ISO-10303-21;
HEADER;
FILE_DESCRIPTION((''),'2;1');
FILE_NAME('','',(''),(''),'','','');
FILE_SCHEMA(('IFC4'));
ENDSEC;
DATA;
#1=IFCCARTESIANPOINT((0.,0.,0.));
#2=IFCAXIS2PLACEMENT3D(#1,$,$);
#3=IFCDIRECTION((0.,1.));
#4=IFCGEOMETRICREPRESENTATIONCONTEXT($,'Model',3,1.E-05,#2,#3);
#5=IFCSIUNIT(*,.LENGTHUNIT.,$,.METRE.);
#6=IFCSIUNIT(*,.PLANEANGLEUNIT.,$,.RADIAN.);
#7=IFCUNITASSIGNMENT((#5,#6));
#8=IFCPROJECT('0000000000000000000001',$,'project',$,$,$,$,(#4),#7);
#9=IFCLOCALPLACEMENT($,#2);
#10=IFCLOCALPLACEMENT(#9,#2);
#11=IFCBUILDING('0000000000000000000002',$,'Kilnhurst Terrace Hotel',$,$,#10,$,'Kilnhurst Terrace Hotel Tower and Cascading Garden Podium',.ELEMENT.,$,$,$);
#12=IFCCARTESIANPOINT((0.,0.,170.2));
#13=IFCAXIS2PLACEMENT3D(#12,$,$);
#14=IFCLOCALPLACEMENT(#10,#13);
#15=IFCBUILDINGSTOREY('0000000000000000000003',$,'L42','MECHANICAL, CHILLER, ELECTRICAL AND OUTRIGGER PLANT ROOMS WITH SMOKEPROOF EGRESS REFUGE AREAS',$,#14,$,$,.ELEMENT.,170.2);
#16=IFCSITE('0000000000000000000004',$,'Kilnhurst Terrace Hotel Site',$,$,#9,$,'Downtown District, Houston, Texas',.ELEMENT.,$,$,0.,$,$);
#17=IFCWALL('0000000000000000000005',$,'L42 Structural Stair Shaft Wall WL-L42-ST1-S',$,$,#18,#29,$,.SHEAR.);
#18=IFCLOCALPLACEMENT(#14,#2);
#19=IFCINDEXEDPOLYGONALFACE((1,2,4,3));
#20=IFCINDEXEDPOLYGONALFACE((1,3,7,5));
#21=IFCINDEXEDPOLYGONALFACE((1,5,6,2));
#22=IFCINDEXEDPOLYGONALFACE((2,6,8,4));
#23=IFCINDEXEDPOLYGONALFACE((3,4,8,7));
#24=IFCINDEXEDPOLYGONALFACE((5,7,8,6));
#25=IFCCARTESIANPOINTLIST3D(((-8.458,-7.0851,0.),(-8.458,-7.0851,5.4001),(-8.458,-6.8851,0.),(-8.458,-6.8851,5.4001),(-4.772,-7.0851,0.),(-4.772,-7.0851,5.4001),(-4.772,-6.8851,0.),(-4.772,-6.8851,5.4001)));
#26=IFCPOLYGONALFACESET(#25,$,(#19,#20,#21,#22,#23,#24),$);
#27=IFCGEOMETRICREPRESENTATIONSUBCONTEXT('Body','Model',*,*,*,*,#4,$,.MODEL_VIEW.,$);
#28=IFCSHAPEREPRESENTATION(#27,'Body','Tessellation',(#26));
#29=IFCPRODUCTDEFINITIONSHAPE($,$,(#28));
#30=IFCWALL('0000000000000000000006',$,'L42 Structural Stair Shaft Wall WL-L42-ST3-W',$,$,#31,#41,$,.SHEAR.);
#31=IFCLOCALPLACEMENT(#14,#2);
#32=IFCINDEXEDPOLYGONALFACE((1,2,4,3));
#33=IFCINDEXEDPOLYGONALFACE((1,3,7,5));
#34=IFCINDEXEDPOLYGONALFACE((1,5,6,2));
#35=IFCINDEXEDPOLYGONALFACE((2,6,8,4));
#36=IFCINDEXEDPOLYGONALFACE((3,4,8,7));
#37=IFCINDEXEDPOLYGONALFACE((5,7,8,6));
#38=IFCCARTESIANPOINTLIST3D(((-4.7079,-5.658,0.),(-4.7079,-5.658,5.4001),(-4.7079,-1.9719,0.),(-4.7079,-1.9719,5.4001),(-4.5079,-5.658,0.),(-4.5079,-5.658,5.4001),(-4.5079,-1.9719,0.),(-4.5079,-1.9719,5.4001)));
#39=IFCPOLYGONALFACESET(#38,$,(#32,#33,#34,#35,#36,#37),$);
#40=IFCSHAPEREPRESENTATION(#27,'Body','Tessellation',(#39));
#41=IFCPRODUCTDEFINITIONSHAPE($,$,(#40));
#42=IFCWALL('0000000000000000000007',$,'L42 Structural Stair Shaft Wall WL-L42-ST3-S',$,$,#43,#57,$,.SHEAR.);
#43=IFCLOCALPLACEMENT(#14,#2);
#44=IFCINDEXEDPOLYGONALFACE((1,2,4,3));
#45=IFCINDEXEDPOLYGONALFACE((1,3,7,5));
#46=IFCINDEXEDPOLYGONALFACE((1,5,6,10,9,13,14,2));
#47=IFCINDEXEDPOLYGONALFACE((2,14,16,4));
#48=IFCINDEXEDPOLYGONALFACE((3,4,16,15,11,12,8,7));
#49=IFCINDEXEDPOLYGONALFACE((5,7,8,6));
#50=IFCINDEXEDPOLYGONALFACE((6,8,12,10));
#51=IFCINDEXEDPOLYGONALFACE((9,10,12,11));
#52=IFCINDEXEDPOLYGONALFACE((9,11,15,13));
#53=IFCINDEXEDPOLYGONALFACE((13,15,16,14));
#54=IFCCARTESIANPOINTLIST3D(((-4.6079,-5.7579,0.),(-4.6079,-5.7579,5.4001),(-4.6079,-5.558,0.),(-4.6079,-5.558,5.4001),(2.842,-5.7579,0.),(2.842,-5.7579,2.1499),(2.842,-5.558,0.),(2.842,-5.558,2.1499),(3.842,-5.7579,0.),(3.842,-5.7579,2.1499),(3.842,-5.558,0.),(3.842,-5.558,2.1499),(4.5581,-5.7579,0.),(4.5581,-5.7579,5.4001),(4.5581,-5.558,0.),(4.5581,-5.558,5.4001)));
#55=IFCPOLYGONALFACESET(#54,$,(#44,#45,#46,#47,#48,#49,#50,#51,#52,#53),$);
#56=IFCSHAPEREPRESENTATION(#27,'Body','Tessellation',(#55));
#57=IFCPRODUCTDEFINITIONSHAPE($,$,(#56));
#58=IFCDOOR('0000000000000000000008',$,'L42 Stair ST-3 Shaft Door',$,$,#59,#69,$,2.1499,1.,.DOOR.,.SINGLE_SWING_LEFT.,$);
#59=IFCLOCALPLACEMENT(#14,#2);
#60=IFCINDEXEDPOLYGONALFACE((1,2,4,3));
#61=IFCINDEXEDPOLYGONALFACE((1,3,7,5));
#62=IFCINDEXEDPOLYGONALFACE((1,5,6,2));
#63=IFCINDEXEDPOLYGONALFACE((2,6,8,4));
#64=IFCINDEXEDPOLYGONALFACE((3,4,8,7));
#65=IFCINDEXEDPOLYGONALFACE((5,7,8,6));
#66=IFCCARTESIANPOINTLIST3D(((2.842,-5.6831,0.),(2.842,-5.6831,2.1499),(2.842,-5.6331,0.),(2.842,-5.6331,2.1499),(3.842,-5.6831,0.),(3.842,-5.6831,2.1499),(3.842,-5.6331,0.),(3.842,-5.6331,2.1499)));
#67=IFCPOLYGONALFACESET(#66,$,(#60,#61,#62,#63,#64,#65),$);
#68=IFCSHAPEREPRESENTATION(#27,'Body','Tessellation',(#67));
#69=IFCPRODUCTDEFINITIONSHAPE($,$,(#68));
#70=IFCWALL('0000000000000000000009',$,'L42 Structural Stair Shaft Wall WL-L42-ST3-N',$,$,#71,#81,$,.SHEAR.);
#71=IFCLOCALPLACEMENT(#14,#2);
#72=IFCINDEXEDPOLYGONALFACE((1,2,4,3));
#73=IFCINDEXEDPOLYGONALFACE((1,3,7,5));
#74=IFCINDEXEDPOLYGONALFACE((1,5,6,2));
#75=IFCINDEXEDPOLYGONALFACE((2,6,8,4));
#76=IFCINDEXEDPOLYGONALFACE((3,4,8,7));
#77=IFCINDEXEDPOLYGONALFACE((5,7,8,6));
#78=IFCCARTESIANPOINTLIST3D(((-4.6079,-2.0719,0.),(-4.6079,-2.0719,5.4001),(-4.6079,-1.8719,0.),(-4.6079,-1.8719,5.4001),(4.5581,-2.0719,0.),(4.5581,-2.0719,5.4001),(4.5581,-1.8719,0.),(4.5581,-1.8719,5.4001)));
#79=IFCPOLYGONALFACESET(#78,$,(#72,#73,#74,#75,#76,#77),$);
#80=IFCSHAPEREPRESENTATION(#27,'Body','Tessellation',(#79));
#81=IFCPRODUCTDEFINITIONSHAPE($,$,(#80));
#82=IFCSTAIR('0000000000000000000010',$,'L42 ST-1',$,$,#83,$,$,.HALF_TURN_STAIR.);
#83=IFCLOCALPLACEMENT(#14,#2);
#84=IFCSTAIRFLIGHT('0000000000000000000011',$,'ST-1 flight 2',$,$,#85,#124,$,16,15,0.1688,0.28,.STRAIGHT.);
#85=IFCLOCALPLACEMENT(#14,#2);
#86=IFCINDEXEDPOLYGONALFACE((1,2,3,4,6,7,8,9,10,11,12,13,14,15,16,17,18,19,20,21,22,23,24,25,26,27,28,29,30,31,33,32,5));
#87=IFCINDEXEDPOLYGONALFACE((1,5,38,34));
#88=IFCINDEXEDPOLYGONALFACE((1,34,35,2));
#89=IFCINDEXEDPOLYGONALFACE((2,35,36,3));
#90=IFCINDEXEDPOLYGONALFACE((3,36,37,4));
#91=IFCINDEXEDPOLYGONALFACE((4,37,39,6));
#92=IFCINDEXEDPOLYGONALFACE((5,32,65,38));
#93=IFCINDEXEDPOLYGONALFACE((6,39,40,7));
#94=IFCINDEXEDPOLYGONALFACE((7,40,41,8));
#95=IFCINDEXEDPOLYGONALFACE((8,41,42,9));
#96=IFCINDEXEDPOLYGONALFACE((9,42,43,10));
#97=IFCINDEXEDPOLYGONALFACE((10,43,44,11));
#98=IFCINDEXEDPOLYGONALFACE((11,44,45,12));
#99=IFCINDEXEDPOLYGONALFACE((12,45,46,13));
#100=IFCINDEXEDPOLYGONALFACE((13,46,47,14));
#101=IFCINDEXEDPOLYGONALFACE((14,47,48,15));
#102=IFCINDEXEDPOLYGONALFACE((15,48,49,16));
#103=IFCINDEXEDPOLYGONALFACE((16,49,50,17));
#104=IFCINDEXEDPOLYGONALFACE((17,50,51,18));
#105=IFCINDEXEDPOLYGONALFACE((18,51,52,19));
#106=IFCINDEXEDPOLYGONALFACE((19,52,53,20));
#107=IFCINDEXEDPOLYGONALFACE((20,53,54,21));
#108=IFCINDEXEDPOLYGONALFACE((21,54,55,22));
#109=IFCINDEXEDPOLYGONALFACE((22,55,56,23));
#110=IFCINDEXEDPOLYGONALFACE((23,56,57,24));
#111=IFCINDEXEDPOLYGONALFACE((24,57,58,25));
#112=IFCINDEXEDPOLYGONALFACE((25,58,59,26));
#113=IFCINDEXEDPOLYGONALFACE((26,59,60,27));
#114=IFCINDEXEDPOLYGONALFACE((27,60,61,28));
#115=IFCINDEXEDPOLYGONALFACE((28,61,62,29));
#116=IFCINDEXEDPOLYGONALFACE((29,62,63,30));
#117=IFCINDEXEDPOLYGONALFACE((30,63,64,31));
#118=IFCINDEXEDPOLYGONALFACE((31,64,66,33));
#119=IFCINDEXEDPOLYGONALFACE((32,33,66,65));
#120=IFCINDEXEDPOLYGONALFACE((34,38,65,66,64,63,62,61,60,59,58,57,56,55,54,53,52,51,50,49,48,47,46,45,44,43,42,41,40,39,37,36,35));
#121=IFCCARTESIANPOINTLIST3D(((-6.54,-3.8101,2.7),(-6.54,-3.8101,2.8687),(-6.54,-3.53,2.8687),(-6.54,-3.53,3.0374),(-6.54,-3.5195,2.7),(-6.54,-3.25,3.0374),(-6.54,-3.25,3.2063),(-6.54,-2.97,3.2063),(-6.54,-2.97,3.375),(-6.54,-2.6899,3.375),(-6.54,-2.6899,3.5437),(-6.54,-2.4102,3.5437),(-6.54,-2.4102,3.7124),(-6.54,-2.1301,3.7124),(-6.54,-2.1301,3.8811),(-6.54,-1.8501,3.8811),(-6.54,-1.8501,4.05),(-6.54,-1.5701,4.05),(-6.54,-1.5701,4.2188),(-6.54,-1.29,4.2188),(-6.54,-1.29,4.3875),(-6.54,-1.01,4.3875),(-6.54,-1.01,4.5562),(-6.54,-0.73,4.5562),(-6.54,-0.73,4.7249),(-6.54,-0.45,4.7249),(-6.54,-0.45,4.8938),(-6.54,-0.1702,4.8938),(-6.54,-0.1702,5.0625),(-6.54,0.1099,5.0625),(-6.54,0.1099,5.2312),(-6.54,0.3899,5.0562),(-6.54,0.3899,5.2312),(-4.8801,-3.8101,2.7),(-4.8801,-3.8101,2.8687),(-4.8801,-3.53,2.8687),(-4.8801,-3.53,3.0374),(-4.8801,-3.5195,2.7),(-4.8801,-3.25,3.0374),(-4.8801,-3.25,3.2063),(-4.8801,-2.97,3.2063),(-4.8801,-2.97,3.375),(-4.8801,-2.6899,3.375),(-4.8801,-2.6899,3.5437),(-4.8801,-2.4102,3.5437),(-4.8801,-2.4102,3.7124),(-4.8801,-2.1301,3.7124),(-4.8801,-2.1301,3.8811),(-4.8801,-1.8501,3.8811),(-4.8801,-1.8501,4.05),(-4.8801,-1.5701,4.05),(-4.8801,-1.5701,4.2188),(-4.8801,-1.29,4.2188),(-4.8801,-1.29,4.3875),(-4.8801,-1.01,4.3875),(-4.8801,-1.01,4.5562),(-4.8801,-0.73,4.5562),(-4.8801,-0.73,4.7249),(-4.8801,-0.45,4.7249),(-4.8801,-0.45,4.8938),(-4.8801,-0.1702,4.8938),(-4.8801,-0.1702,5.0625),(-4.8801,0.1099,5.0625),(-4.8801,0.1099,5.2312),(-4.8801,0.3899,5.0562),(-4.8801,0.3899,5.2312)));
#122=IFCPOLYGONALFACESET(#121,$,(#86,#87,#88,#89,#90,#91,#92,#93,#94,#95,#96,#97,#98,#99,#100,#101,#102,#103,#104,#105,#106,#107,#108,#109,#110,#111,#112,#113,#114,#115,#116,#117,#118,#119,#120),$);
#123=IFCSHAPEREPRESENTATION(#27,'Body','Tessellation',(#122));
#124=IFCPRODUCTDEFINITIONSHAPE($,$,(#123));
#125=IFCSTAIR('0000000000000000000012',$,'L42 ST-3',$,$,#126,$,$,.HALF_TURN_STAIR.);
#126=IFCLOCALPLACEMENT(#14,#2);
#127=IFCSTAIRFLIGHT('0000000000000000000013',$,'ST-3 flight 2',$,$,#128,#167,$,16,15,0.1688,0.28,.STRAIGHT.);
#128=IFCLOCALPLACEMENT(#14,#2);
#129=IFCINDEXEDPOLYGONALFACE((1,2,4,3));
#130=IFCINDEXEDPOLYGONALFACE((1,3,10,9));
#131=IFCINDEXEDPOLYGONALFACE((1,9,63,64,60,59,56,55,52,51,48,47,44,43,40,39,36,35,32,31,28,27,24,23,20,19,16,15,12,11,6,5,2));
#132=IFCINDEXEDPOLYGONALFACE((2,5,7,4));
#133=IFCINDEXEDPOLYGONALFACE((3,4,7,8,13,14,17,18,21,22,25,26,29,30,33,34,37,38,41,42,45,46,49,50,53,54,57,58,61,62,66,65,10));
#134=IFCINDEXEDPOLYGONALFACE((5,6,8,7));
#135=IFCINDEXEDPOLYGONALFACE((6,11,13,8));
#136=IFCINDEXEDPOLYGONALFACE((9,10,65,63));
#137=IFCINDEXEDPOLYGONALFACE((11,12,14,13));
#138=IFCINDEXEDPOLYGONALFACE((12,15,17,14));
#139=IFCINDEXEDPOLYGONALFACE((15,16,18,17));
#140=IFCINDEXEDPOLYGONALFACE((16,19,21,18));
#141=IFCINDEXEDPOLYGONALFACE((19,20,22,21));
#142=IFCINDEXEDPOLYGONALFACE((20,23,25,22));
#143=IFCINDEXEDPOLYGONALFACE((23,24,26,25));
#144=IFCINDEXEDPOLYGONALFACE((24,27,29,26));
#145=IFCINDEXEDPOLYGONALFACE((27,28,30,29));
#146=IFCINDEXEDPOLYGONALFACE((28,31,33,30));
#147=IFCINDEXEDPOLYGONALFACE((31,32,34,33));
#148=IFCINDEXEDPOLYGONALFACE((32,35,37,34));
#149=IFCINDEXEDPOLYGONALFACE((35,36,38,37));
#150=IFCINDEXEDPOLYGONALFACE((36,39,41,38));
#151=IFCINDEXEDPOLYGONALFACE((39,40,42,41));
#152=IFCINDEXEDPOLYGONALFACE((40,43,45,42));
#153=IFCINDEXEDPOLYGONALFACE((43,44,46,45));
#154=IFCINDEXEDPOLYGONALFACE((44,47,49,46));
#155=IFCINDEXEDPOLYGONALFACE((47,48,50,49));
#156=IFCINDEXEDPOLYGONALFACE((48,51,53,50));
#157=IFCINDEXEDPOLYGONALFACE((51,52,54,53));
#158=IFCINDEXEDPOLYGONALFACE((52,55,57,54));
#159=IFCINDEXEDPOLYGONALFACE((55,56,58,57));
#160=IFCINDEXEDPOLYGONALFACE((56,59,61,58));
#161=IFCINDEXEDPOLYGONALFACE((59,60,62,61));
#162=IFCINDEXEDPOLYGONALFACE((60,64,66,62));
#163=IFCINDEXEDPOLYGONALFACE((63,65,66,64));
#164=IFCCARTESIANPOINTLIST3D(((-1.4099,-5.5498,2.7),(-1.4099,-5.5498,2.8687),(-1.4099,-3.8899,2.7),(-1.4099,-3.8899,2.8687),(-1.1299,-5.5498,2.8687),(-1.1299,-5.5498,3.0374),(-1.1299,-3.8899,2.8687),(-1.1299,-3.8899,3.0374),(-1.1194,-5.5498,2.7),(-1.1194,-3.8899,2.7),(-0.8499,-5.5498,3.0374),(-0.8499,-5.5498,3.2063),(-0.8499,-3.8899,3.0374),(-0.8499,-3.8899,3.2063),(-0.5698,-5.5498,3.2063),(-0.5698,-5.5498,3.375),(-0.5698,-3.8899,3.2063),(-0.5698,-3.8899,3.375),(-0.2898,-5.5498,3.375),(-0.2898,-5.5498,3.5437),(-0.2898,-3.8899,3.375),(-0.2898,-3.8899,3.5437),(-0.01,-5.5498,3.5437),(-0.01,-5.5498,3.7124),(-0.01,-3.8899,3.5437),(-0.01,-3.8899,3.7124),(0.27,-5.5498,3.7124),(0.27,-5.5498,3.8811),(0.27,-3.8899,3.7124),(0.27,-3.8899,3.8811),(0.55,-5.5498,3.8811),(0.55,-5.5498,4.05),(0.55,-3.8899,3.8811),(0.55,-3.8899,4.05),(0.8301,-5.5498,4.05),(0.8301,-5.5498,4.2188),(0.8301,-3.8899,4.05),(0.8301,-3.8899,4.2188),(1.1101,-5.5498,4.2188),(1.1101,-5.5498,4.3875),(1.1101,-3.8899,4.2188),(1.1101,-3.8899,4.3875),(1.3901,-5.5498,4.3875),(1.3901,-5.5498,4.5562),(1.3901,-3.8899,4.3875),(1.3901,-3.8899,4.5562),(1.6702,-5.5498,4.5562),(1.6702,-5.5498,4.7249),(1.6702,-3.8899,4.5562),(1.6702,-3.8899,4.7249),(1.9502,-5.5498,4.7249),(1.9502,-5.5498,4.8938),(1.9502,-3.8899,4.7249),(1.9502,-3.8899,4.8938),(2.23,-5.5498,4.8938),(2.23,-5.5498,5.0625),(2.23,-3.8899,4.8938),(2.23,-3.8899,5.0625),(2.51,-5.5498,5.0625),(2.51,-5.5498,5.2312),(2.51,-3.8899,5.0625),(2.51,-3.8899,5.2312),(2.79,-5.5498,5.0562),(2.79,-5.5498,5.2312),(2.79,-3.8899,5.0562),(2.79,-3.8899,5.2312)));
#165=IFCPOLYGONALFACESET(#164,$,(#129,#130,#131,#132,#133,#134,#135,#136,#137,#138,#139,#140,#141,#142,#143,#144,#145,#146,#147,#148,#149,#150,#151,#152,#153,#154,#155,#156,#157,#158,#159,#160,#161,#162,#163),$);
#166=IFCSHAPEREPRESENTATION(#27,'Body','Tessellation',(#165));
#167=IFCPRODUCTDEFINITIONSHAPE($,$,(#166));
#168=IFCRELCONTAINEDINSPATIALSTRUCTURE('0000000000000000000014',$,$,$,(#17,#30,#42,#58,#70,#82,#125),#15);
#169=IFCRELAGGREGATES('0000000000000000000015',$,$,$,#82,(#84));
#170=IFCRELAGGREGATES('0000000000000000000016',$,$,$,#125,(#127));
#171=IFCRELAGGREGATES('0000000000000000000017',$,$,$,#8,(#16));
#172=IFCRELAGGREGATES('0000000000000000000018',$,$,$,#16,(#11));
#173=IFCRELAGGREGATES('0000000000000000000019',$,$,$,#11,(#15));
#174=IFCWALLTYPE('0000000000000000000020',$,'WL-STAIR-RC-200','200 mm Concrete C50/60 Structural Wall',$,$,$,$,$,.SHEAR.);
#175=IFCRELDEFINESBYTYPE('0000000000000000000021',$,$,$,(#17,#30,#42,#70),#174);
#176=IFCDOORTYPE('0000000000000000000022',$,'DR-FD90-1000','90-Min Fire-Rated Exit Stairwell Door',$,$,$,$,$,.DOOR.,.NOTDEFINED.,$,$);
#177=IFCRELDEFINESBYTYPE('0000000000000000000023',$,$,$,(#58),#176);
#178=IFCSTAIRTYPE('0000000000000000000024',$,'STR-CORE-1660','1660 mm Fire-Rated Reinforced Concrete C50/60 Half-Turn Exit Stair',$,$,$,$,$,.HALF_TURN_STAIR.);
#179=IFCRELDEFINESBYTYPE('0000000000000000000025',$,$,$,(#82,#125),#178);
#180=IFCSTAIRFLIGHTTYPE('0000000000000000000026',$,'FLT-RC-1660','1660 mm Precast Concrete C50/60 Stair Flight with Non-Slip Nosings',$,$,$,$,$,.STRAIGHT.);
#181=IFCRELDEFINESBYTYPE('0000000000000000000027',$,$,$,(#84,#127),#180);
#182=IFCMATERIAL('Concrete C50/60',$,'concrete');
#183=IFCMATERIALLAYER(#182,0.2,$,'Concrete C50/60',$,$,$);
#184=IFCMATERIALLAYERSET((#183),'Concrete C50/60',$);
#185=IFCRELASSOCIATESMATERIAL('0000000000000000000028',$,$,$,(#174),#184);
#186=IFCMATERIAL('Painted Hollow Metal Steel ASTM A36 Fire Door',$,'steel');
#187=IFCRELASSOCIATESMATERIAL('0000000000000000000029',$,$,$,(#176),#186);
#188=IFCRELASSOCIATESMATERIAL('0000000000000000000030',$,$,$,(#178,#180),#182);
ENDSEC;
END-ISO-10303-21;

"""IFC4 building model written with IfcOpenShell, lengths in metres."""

from ifc_helpers import new_model, si_unit, direction, frame, frame_2d, origin, place, context, subcontext, project, spatial, polyline, rectangle, outline, extrude, material, layer, layer_set, type_object, element, fill, aggregate, save


model = new_model("IFC4")

# Units and contexts
model_context = context("Model", 3, precision=1e-05, world=origin(), true_north=direction((0.0, 1.0)))
body_context = subcontext(model_context, "Body", "Model", "MODEL_VIEW")
ifc_project = project(units=[si_unit("LENGTHUNIT", "METRE"), si_unit("PLANEANGLEUNIT", "RADIAN")], contexts=[model_context])

# Site, building, storey
site_placement = place(None, origin())
site = spatial("IfcSite", under=ifc_project, at=site_placement, Name="Kilnhurst Terrace Hotel Site", LongName="Downtown District, Houston, Texas", CompositionType="ELEMENT", RefElevation=0.0)
building_placement = place(site_placement, origin())
building = spatial("IfcBuilding", under=site, at=building_placement, Name="Kilnhurst Terrace Hotel", LongName="Kilnhurst Terrace Hotel Tower and Cascading Garden Podium", CompositionType="ELEMENT")
storey_placement = place(building_placement, frame((0.0, 0.0, 170.2)))
storey = spatial("IfcBuildingStorey", under=building, at=storey_placement, Name="L42", Description="MECHANICAL, CHILLER, ELECTRICAL AND OUTRIGGER PLANT ROOMS WITH SMOKEPROOF EGRESS REFUGE AREAS", CompositionType="ELEMENT", Elevation=170.2)

# Shared definitions
ifc_material_1 = material(Name="Painted Hollow Metal Steel ASTM A36 Fire Door", Category="steel")

# Walls
ifc_material_2 = material(Name="Concrete C50/60", Category="concrete")
ifc_layer_1 = layer(ifc_material_2, 0.2, Name="Concrete C50/60")
ifc_layer_set_1 = layer_set([ifc_layer_1], Name="Concrete C50/60")
wall_type_1 = type_object("IfcWallType", Name="WL-STAIR-RC-200", Description="200 mm Concrete C50/60 Structural Wall", PredefinedType="SHEAR", material=ifc_layer_set_1)
for number, where, z_axis, x_axis, name in (
    (1, (-8.458, -6.9851, 0.0), (0.0, 0.0, 1.0), (1.0, 0.0, 0.0), "L42 Structural Stair Shaft Wall WL-L42-ST1-S"),
    (2, (-4.6079, -5.658, 0.0), (0.0, 0.0, 1.0), (0.0, 1.0, 0.0), "L42 Structural Stair Shaft Wall WL-L42-ST3-W"),
):
    element("IfcWall", number, at=place(storey_placement, frame(where, z_axis=z_axis, x_axis=x_axis)), inside=storey, type_object=wall_type_1, Name=name, PredefinedType="SHEAR", context=body_context, shape_type="SweptSolid", body=[
        extrude(rectangle(XDim=3.686, YDim=0.2, at=frame_2d((1.843, 0.0))), origin(), (0.0, 0.0, 1.0), 5.4001),
    ])

# Wall, opening, door
wall_1_placement = place(storey_placement, frame((-4.6079, -5.658, 0.0), z_axis=(0.0, 0.0, 1.0), x_axis=(1.0, 0.0, 0.0)))
wall_1 = element("IfcWall", 3, at=wall_1_placement, inside=storey, type_object=wall_type_1, Name="L42 Structural Stair Shaft Wall WL-L42-ST3-S", PredefinedType="SHEAR", context=body_context, shape_type="SweptSolid", body=[
    extrude(rectangle(XDim=9.166, YDim=0.2, at=frame_2d((4.583, 0.0))), origin(), (0.0, 0.0, 1.0), 5.4001),
])
opening_1_placement = place(wall_1_placement, frame((7.45, 0.0, 0.0)))
opening_1 = element("IfcOpeningElement", 4, at=opening_1_placement, cuts=wall_1, PredefinedType="OPENING", context=body_context, shape_type="SweptSolid", body=[
    extrude(rectangle(XDim=1.0, YDim=2.1499, at=frame_2d((0.5, 1.075))), frame((0.0, 0.1099, 0.0), z_axis=(0.0, -1.0, 0.0), x_axis=(1.0, 0.0, 0.0)), (0.0, 0.0, 1.0), 0.22),
])
door_type_1 = type_object("IfcDoorType", Name="DR-FD90-1000", Description="90-Min Fire-Rated Exit Stairwell Door", OperationType="NOTDEFINED", PredefinedType="DOOR", material=ifc_material_1)
door_1_placement = place(opening_1_placement, origin())
door_1 = element("IfcDoor", 5, at=door_1_placement, inside=storey, type_object=door_type_1, Name="L42 Stair ST-3 Shaft Door", OperationType="SINGLE_SWING_LEFT", OverallHeight=2.1499, OverallWidth=1.0, PredefinedType="DOOR", context=body_context, shape_type="SweptSolid", body=[
    extrude(rectangle(XDim=1.0, YDim=2.1499, at=frame_2d((0.5, 1.075))), frame((0.0, 0.0249, 0.0), z_axis=(0.0, -1.0, 0.0), x_axis=(1.0, 0.0, 0.0)), (0.0, 0.0, 1.0), 0.05),
])
fill(opening_1, door_1)

# Wall
wall_2_placement = place(storey_placement, frame((-4.6079, -1.9719, 0.0), z_axis=(0.0, 0.0, 1.0), x_axis=(1.0, 0.0, 0.0)))
element("IfcWall", 6, at=wall_2_placement, inside=storey, type_object=wall_type_1, Name="L42 Structural Stair Shaft Wall WL-L42-ST3-N", PredefinedType="SHEAR", context=body_context, shape_type="SweptSolid", body=[
    extrude(rectangle(XDim=9.166, YDim=0.2, at=frame_2d((4.583, 0.0))), origin(), (0.0, 0.0, 1.0), 5.4001),
])

# Stairs, stair flights
stair_type = type_object("IfcStairType", Name="STR-CORE-1660", Description="1660 mm Fire-Rated Reinforced Concrete C50/60 Half-Turn Exit Stair", PredefinedType="HALF_TURN_STAIR", material=ifc_material_2)
stair_1_placement = place(storey_placement, origin())
stair_1 = element("IfcStair", 7, at=stair_1_placement, inside=storey, type_object=stair_type, Name="L42 ST-1", PredefinedType="HALF_TURN_STAIR")
stair_flight_type = type_object("IfcStairFlightType", Name="FLT-RC-1660", Description="1660 mm Precast Concrete C50/60 Stair Flight with Non-Slip Nosings", PredefinedType="STRAIGHT", material=ifc_material_2)
stair_flight_1_placement = place(storey_placement, frame((-5.71, -3.8101, 2.7), z_axis=(0.0, 0.0, 1.0), x_axis=(0.0, 1.0, 0.0)))
stair_flight_1 = element("IfcStairFlight", 8, at=stair_flight_1_placement, type_object=stair_flight_type, Name="ST-1 flight 2", NumberOfRisers=16, NumberOfTreads=15, PredefinedType="STRAIGHT", RiserHeight=0.1688, TreadLength=0.28, context=body_context, shape_type="SweptSolid", body=[
    extrude(outline(polyline([(0.0, 0.0), (0.0, 0.1687), (0.28, 0.1687), (0.28, 0.3374), (0.5601, 0.3374), (0.5601, 0.5063), (0.8401, 0.5063), (0.8401, 0.675), (1.1201, 0.675), (1.1201, 0.8438), (1.3999, 0.8438), (1.3999, 1.0125), (1.6799, 1.0125), (1.6799, 1.1812), (1.96, 1.1812), (1.96, 1.3501), (2.24, 1.3501), (2.24, 1.5188), (2.52, 1.5188), (2.52, 1.6875), (2.8, 1.6875), (2.8, 1.8562), (3.0801, 1.8562), (3.0801, 2.0249), (3.3601, 2.0249), (3.3601, 2.1938), (3.6399, 2.1938), (3.6399, 2.3625), (3.9199, 2.3625), (3.9199, 2.5312), (4.2, 2.5312), (4.2, 2.7), (4.2, 2.3562), (0.2905, 0.0), (0.0, 0.0)])), frame((0.0, 0.8301, 0.0), z_axis=(0.0, -1.0, 0.0), x_axis=(1.0, 0.0, 0.0)), (0.0, 0.0, 1.0), 1.6599),
])
aggregate(stair_1, [stair_flight_1])
stair_2_placement = place(storey_placement, origin())
stair_2 = element("IfcStair", 9, at=stair_2_placement, inside=storey, type_object=stair_type, Name="L42 ST-3", PredefinedType="HALF_TURN_STAIR")
stair_flight_2_placement = place(storey_placement, frame((-1.4099, -4.72, 2.7), z_axis=(0.0, 0.0, 1.0), x_axis=(1.0, 0.0, 0.0)))
stair_flight_2 = element("IfcStairFlight", 10, at=stair_flight_2_placement, type_object=stair_flight_type, Name="ST-3 flight 2", NumberOfRisers=16, NumberOfTreads=15, PredefinedType="STRAIGHT", RiserHeight=0.1688, TreadLength=0.28, context=body_context, shape_type="SweptSolid", body=[
    extrude(outline(polyline([(0.0, 0.0), (0.0, 0.1687), (0.28, 0.1687), (0.28, 0.3374), (0.5601, 0.3374), (0.5601, 0.5063), (0.8401, 0.5063), (0.8401, 0.675), (1.1201, 0.675), (1.1201, 0.8438), (1.3999, 0.8438), (1.3999, 1.0125), (1.6799, 1.0125), (1.6799, 1.1812), (1.96, 1.1812), (1.96, 1.3501), (2.24, 1.3501), (2.24, 1.5188), (2.52, 1.5188), (2.52, 1.6875), (2.8, 1.6875), (2.8, 1.8562), (3.0801, 1.8562), (3.0801, 2.0249), (3.3601, 2.0249), (3.3601, 2.1938), (3.6399, 2.1938), (3.6399, 2.3625), (3.9199, 2.3625), (3.9199, 2.5312), (4.2, 2.5312), (4.2, 2.7), (4.2, 2.3562), (0.2905, 0.0), (0.0, 0.0)])), frame((0.0, 0.8301, 0.0), z_axis=(0.0, -1.0, 0.0), x_axis=(1.0, 0.0, 0.0)), (0.0, 0.0, 1.0), 1.6599),
])
aggregate(stair_2, [stair_flight_2])

save(model, "model.ifc")
